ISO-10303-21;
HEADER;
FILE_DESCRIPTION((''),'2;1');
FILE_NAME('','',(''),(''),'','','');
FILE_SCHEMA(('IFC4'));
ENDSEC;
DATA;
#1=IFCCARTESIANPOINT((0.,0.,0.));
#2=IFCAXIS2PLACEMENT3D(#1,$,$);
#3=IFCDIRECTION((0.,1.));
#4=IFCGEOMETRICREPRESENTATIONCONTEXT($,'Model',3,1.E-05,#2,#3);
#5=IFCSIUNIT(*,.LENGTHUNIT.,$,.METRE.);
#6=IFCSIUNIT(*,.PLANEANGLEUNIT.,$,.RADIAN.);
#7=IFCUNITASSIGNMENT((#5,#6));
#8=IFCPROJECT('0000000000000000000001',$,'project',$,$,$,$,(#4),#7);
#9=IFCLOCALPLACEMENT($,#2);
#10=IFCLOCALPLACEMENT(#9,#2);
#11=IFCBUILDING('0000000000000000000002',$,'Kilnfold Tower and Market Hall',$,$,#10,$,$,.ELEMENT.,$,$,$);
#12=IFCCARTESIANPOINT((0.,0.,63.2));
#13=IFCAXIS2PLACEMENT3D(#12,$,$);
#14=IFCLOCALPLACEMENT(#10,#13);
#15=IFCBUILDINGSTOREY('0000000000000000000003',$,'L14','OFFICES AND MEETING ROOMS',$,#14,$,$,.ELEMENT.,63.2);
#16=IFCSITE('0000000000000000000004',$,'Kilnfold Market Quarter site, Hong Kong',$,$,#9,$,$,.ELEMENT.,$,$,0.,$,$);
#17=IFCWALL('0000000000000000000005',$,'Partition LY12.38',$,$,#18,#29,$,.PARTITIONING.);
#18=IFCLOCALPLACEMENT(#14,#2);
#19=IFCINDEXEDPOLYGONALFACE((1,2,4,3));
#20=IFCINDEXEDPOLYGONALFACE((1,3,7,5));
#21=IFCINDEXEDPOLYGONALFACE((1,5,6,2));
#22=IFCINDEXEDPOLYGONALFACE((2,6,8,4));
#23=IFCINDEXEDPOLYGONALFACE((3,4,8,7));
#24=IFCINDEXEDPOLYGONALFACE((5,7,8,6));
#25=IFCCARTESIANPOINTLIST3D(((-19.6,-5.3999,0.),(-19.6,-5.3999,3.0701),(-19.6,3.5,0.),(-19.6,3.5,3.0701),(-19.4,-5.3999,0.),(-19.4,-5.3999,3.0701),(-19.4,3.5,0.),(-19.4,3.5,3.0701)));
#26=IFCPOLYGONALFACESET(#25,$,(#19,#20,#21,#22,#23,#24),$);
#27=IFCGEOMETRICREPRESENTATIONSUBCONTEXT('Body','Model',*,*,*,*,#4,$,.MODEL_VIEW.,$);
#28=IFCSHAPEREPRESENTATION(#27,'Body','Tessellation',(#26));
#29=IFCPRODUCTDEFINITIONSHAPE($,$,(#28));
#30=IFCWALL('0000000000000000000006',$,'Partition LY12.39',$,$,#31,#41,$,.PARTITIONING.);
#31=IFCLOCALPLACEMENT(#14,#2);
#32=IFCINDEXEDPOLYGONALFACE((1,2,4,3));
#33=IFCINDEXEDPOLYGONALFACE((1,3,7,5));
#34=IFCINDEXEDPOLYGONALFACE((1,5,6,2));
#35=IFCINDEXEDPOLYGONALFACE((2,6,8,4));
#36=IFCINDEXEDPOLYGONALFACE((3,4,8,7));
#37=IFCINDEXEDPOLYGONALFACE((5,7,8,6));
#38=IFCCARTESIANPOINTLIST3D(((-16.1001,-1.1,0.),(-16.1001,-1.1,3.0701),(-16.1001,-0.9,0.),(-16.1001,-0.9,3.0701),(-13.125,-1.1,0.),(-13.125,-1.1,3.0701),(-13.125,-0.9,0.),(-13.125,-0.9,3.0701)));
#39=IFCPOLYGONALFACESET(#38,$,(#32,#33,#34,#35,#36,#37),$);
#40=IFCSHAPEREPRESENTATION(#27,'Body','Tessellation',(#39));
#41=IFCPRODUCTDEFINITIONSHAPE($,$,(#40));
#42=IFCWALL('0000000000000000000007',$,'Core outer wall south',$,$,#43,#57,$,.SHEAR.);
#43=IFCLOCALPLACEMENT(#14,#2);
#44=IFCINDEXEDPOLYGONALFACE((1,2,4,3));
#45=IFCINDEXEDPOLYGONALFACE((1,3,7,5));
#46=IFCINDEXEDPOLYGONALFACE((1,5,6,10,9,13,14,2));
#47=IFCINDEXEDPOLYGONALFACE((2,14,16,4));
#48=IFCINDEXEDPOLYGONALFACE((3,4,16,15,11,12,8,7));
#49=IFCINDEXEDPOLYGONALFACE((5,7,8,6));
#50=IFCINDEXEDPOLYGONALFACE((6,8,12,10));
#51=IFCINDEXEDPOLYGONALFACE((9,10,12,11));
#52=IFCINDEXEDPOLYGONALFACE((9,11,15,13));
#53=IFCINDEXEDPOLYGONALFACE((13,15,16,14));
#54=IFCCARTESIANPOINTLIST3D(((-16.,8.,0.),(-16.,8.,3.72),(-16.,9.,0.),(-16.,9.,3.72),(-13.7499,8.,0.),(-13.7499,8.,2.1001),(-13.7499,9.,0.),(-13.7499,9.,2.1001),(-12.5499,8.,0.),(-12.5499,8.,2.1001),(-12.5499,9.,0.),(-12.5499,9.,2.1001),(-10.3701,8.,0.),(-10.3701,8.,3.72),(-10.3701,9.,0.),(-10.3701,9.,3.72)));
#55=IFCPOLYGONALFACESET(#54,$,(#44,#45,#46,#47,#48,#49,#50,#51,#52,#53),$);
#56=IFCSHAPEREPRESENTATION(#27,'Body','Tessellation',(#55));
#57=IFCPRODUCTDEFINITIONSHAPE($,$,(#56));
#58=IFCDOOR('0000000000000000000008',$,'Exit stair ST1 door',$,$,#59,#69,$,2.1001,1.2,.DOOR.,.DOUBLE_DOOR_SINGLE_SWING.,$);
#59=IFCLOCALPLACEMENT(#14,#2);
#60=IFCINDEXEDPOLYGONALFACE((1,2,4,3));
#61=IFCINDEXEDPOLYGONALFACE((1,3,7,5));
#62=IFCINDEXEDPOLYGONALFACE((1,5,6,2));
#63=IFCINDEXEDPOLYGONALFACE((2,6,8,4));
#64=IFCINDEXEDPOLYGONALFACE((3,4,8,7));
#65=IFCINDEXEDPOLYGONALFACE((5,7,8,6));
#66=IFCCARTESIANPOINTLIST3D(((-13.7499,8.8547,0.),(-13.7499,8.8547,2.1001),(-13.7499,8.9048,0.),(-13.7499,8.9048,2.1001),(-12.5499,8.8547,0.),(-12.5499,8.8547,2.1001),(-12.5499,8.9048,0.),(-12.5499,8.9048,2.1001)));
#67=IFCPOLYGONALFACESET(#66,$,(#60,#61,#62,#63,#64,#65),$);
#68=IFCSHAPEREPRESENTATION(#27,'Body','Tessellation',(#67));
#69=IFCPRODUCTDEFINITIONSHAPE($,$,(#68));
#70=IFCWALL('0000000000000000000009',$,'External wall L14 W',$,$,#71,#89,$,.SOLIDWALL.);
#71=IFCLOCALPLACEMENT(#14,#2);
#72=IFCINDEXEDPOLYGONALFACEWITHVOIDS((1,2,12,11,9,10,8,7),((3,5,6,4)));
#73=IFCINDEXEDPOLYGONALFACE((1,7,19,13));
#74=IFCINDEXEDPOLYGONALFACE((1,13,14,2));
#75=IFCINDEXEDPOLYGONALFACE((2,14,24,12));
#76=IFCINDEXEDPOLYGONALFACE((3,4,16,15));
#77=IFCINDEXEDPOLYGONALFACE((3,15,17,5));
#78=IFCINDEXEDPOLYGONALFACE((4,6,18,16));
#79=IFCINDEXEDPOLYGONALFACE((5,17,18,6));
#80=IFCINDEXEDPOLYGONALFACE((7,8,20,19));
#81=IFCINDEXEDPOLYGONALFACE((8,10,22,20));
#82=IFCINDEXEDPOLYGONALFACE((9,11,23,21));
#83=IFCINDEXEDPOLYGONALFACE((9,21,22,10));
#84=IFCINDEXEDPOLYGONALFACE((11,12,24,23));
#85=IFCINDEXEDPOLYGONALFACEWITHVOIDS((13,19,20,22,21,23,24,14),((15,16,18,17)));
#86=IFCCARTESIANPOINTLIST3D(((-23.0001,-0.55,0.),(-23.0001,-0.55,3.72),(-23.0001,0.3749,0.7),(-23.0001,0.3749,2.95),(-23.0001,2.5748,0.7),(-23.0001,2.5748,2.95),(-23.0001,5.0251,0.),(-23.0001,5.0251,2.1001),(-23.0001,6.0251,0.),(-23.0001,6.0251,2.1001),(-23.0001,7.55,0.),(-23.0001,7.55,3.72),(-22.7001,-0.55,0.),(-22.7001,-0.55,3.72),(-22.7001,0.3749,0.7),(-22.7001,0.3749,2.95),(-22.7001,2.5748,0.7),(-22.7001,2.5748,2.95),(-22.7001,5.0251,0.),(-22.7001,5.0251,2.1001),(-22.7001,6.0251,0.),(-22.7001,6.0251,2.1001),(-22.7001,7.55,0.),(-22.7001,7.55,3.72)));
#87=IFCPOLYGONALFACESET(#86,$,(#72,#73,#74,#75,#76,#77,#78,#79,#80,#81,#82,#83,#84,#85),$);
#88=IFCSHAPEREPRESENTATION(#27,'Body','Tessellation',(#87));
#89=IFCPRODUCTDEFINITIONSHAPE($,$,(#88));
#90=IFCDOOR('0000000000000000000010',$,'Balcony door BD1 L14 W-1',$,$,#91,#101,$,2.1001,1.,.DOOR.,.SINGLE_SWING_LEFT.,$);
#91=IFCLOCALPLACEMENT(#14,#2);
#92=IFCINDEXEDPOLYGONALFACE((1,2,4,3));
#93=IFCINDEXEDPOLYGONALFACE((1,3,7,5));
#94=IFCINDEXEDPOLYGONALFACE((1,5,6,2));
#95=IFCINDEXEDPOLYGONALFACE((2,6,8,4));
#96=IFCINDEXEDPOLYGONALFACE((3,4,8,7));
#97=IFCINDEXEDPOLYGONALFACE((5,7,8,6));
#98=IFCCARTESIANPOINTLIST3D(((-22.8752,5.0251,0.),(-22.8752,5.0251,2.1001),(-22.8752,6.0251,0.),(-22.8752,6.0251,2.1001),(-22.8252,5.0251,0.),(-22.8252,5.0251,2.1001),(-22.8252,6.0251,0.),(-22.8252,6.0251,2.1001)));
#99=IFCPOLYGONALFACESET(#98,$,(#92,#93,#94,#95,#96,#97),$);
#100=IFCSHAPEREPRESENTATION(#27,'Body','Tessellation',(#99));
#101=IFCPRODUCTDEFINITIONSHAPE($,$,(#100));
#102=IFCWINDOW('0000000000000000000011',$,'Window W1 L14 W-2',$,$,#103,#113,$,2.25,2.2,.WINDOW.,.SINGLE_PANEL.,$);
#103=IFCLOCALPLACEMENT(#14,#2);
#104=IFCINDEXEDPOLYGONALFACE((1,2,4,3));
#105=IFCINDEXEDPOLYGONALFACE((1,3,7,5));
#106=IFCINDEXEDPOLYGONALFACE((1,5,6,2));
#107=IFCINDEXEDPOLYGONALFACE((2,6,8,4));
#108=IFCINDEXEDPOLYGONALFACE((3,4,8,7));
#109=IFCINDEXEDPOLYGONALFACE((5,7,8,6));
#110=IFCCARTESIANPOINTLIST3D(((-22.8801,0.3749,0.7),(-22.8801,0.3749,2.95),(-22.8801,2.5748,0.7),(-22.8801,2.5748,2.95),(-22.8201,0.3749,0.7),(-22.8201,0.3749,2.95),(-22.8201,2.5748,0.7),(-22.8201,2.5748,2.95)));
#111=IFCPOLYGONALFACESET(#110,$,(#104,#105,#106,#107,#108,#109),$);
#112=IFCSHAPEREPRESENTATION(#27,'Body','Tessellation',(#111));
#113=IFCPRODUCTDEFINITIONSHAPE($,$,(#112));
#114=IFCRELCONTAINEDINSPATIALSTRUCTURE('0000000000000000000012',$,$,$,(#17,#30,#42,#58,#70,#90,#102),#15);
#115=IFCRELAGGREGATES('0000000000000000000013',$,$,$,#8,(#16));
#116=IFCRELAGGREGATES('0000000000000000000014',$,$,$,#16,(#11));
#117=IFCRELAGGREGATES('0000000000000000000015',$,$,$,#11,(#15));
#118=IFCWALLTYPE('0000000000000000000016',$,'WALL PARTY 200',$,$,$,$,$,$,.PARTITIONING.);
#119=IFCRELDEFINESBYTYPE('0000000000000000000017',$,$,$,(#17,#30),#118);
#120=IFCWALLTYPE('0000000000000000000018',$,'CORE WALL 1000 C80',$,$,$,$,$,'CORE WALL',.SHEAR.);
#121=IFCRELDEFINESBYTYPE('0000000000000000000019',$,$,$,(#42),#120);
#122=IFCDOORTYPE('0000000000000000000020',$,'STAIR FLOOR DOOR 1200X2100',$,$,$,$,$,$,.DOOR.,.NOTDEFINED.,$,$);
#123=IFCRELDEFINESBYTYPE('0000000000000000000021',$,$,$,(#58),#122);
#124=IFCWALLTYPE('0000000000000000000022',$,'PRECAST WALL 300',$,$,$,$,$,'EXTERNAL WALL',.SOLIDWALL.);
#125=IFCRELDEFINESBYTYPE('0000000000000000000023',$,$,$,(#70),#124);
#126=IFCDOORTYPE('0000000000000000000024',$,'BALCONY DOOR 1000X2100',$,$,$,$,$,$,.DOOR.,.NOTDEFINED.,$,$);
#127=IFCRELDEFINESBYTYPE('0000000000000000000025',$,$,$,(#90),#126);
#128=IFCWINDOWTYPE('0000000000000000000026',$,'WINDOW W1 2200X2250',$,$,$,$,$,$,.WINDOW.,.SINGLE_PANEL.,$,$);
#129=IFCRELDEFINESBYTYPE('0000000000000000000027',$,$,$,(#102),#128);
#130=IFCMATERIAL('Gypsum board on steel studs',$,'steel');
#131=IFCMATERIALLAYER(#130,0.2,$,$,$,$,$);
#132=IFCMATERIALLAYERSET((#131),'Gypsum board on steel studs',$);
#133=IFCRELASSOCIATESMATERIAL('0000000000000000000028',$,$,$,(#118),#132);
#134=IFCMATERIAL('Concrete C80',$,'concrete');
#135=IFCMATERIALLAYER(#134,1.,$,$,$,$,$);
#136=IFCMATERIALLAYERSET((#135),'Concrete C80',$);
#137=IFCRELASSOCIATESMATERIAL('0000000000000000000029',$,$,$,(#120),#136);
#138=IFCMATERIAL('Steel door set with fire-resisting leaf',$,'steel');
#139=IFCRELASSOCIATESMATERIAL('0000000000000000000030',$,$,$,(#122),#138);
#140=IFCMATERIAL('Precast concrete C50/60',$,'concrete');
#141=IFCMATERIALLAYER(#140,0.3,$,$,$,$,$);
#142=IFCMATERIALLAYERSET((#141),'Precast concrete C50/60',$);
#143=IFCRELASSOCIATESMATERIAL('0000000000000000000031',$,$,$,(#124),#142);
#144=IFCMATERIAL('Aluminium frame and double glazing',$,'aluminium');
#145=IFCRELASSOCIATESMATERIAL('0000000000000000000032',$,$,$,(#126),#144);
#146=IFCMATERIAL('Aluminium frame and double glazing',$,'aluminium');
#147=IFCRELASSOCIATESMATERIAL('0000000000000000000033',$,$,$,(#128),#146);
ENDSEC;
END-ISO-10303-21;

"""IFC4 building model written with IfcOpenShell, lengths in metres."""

from ifc_helpers import new_model, si_unit, direction, frame, frame_2d, origin, place, context, subcontext, project, spatial, rectangle, extrude, source, transform, mapped, material, layer, layer_set, type_object, element, fill, save


model = new_model("IFC4")

# Units and contexts
model_context = context("Model", 3, precision=1e-05, world=origin(), true_north=direction((0.0, 1.0)))
body_context = subcontext(model_context, "Body", "Model", "MODEL_VIEW")
ifc_project = project(units=[si_unit("LENGTHUNIT", "METRE"), si_unit("PLANEANGLEUNIT", "RADIAN")], contexts=[model_context])

# Site, building, storey
site_placement = place(None, origin())
site = spatial("IfcSite", under=ifc_project, at=site_placement, Name="Kilnfold Market Quarter site, Hong Kong", CompositionType="ELEMENT", RefElevation=0.0)
building_placement = place(site_placement, origin())
building = spatial("IfcBuilding", under=site, at=building_placement, Name="Kilnfold Tower and Market Hall", CompositionType="ELEMENT")
storey_placement = place(building_placement, frame((0.0, 0.0, 63.2)))
storey = spatial("IfcBuildingStorey", under=building, at=storey_placement, Name="L14", Description="OFFICES AND MEETING ROOMS", CompositionType="ELEMENT", Elevation=63.2)

# Walls
ifc_material_1 = material(Name="Gypsum board on steel studs", Category="steel")
ifc_layer_1 = layer(ifc_material_1, 0.2)
ifc_layer_set_1 = layer_set([ifc_layer_1], Name="Gypsum board on steel studs")
wall_type_1 = type_object("IfcWallType", Name="WALL PARTY 200", PredefinedType="PARTITIONING", material=ifc_layer_set_1)
wall_1_placement = place(storey_placement, frame((-19.5, 3.5, 0.0), z_axis=(0.0, 0.0, 1.0), x_axis=(0.0, -1.0, 0.0)))
element("IfcWall", 1, at=wall_1_placement, inside=storey, type_object=wall_type_1, Name="Partition LY12.38", PredefinedType="PARTITIONING", context=body_context, shape_type="SweptSolid", body=[
    extrude(rectangle(XDim=8.8999, YDim=0.2, at=frame_2d((4.45, 0.0))), origin(), (0.0, 0.0, 1.0), 3.0701),
])
wall_2_placement = place(storey_placement, frame((-16.1001, -1.0, 0.0), z_axis=(0.0, 0.0, 1.0), x_axis=(1.0, 0.0, 0.0)))
element("IfcWall", 2, at=wall_2_placement, inside=storey, type_object=wall_type_1, Name="Partition LY12.39", PredefinedType="PARTITIONING", context=body_context, shape_type="SweptSolid", body=[
    extrude(rectangle(XDim=2.9751, YDim=0.2, at=frame_2d((1.4875, 0.0))), origin(), (0.0, 0.0, 1.0), 3.0701),
])

# Wall, opening, door
ifc_material_2 = material(Name="Concrete C80", Category="concrete")
ifc_layer_2 = layer(ifc_material_2, 1.0)
ifc_layer_set_2 = layer_set([ifc_layer_2], Name="Concrete C80")
wall_type_2 = type_object("IfcWallType", Name="CORE WALL 1000 C80", ElementType="CORE WALL", PredefinedType="SHEAR", material=ifc_layer_set_2)
shared_shape_1 = source(origin(), body_context, "Body", "SweptSolid", [
    extrude(rectangle(XDim=5.6299, YDim=1.0, at=frame_2d((2.8149, 0.0))), origin(), (0.0, 0.0, 1.0), 3.72),
])
wall_3_placement = place(storey_placement, frame((-16.0, 8.5, 0.0), z_axis=(0.0, 0.0, 1.0), x_axis=(1.0, 0.0, 0.0)))
wall_3 = element("IfcWall", 3, at=wall_3_placement, inside=storey, type_object=wall_type_2, Name="Core outer wall south", PredefinedType="SHEAR", context=body_context, shape_type="MappedRepresentation", body=[
    mapped(shared_shape_1, transform((0.0, 0.0, 0.0))),
])
opening_1_placement = place(wall_3_placement, frame((2.25, 0.0, 0.0)))
opening_1 = element("IfcOpeningElement", 4, at=opening_1_placement, cuts=wall_3, PredefinedType="OPENING", context=body_context, shape_type="SweptSolid", body=[
    extrude(rectangle(XDim=1.2, YDim=2.1001, at=frame_2d((0.6001, 1.05))), frame((0.0, 0.51, 0.0), z_axis=(0.0, -1.0, 0.0), x_axis=(1.0, 0.0, 0.0)), (0.0, 0.0, 1.0), 1.02),
])
ifc_material_3 = material(Name="Steel door set with fire-resisting leaf", Category="steel")
door_type_1 = type_object("IfcDoorType", Name="STAIR FLOOR DOOR 1200X2100", OperationType="NOTDEFINED", PredefinedType="DOOR", material=ifc_material_3)
door_1_placement = place(opening_1_placement, origin())
door_1 = element("IfcDoor", 5, at=door_1_placement, inside=storey, type_object=door_type_1, Name="Exit stair ST1 door", OperationType="DOUBLE_DOOR_SINGLE_SWING", OverallHeight=2.1001, OverallWidth=1.2, PredefinedType="DOOR", context=body_context, shape_type="SweptSolid", body=[
    extrude(rectangle(XDim=1.2, YDim=2.1001, at=frame_2d((0.6001, 1.05))), frame((0.0, 0.4048, 0.0), z_axis=(0.0, -1.0, 0.0), x_axis=(1.0, 0.0, 0.0)), (0.0, 0.0, 1.0), 0.05),
])
fill(opening_1, door_1)

# Wall, openings, door, window
ifc_material_4 = material(Name="Precast concrete C50/60", Category="concrete")
ifc_layer_3 = layer(ifc_material_4, 0.3)
ifc_layer_set_3 = layer_set([ifc_layer_3], Name="Precast concrete C50/60")
wall_type_3 = type_object("IfcWallType", Name="PRECAST WALL 300", ElementType="EXTERNAL WALL", PredefinedType="SOLIDWALL", material=ifc_layer_set_3)
shared_shape_2 = source(origin(), body_context, "Body", "SweptSolid", [
    extrude(rectangle(XDim=8.1001, YDim=0.3, at=frame_2d((4.05, 0.0))), origin(), (0.0, 0.0, 1.0), 3.72),
])
wall_4_placement = place(storey_placement, frame((-22.8501, 7.55, 0.0), z_axis=(0.0, 0.0, 1.0), x_axis=(0.0, -1.0, 0.0)))
wall_4 = element("IfcWall", 6, at=wall_4_placement, inside=storey, type_object=wall_type_3, Name="External wall L14 W", PredefinedType="SOLIDWALL", context=body_context, shape_type="MappedRepresentation", body=[
    mapped(shared_shape_2, transform((0.0, 0.0, 0.0))),
])
opening_2_placement = place(wall_4_placement, frame((1.5249, 0.0, 0.0)))
opening_2 = element("IfcOpeningElement", 7, at=opening_2_placement, cuts=wall_4, PredefinedType="OPENING", context=body_context, shape_type="SweptSolid", body=[
    extrude(rectangle(XDim=1.0, YDim=2.1001, at=frame_2d((0.5, 1.05))), frame((0.0, 0.1602, 0.0), z_axis=(0.0, -1.0, 0.0), x_axis=(1.0, 0.0, 0.0)), (0.0, 0.0, 1.0), 0.3201),
])
opening_3_placement = place(wall_4_placement, frame((4.9751, 0.0, 0.7)))
opening_3 = element("IfcOpeningElement", 8, at=opening_3_placement, cuts=wall_4, PredefinedType="OPENING", context=body_context, shape_type="SweptSolid", body=[
    extrude(rectangle(XDim=2.2, YDim=2.25, at=frame_2d((1.1001, 1.125))), frame((0.0, 0.1602, 0.0), z_axis=(0.0, -1.0, 0.0), x_axis=(1.0, 0.0, 0.0)), (0.0, 0.0, 1.0), 0.3201),
])
ifc_material_5 = material(Name="Aluminium frame and double glazing", Category="aluminium")
door_type_2 = type_object("IfcDoorType", Name="BALCONY DOOR 1000X2100", OperationType="NOTDEFINED", PredefinedType="DOOR", material=ifc_material_5)
door_2_placement = place(opening_2_placement, origin())
door_2 = element("IfcDoor", 9, at=door_2_placement, inside=storey, type_object=door_type_2, Name="Balcony door BD1 L14 W-1", OperationType="SINGLE_SWING_LEFT", OverallHeight=2.1001, OverallWidth=1.0, PredefinedType="DOOR", context=body_context, shape_type="SweptSolid", body=[
    extrude(rectangle(XDim=1.0, YDim=2.1001, at=frame_2d((0.5, 1.05))), frame((0.0, 0.0249, 0.0), z_axis=(0.0, -1.0, 0.0), x_axis=(1.0, 0.0, 0.0)), (0.0, 0.0, 1.0), 0.05),
])
fill(opening_2, door_2)
ifc_material_6 = material(Name="Aluminium frame and double glazing", Category="aluminium")
window_type = type_object("IfcWindowType", Name="WINDOW W1 2200X2250", PartitioningType="SINGLE_PANEL", PredefinedType="WINDOW", material=ifc_material_6)
window_placement = place(opening_3_placement, origin())
window = element("IfcWindow", 10, at=window_placement, inside=storey, type_object=window_type, Name="Window W1 L14 W-2", OverallHeight=2.25, OverallWidth=2.2, PartitioningType="SINGLE_PANEL", PredefinedType="WINDOW", context=body_context, shape_type="SweptSolid", body=[
    extrude(rectangle(XDim=2.2, YDim=2.25, at=frame_2d((1.1001, 1.125))), frame((0.0, 0.03, 0.0), z_axis=(0.0, -1.0, 0.0), x_axis=(1.0, 0.0, 0.0)), (0.0, 0.0, 1.0), 0.0601),
])
fill(opening_3, window)

save(model, "model.ifc")
